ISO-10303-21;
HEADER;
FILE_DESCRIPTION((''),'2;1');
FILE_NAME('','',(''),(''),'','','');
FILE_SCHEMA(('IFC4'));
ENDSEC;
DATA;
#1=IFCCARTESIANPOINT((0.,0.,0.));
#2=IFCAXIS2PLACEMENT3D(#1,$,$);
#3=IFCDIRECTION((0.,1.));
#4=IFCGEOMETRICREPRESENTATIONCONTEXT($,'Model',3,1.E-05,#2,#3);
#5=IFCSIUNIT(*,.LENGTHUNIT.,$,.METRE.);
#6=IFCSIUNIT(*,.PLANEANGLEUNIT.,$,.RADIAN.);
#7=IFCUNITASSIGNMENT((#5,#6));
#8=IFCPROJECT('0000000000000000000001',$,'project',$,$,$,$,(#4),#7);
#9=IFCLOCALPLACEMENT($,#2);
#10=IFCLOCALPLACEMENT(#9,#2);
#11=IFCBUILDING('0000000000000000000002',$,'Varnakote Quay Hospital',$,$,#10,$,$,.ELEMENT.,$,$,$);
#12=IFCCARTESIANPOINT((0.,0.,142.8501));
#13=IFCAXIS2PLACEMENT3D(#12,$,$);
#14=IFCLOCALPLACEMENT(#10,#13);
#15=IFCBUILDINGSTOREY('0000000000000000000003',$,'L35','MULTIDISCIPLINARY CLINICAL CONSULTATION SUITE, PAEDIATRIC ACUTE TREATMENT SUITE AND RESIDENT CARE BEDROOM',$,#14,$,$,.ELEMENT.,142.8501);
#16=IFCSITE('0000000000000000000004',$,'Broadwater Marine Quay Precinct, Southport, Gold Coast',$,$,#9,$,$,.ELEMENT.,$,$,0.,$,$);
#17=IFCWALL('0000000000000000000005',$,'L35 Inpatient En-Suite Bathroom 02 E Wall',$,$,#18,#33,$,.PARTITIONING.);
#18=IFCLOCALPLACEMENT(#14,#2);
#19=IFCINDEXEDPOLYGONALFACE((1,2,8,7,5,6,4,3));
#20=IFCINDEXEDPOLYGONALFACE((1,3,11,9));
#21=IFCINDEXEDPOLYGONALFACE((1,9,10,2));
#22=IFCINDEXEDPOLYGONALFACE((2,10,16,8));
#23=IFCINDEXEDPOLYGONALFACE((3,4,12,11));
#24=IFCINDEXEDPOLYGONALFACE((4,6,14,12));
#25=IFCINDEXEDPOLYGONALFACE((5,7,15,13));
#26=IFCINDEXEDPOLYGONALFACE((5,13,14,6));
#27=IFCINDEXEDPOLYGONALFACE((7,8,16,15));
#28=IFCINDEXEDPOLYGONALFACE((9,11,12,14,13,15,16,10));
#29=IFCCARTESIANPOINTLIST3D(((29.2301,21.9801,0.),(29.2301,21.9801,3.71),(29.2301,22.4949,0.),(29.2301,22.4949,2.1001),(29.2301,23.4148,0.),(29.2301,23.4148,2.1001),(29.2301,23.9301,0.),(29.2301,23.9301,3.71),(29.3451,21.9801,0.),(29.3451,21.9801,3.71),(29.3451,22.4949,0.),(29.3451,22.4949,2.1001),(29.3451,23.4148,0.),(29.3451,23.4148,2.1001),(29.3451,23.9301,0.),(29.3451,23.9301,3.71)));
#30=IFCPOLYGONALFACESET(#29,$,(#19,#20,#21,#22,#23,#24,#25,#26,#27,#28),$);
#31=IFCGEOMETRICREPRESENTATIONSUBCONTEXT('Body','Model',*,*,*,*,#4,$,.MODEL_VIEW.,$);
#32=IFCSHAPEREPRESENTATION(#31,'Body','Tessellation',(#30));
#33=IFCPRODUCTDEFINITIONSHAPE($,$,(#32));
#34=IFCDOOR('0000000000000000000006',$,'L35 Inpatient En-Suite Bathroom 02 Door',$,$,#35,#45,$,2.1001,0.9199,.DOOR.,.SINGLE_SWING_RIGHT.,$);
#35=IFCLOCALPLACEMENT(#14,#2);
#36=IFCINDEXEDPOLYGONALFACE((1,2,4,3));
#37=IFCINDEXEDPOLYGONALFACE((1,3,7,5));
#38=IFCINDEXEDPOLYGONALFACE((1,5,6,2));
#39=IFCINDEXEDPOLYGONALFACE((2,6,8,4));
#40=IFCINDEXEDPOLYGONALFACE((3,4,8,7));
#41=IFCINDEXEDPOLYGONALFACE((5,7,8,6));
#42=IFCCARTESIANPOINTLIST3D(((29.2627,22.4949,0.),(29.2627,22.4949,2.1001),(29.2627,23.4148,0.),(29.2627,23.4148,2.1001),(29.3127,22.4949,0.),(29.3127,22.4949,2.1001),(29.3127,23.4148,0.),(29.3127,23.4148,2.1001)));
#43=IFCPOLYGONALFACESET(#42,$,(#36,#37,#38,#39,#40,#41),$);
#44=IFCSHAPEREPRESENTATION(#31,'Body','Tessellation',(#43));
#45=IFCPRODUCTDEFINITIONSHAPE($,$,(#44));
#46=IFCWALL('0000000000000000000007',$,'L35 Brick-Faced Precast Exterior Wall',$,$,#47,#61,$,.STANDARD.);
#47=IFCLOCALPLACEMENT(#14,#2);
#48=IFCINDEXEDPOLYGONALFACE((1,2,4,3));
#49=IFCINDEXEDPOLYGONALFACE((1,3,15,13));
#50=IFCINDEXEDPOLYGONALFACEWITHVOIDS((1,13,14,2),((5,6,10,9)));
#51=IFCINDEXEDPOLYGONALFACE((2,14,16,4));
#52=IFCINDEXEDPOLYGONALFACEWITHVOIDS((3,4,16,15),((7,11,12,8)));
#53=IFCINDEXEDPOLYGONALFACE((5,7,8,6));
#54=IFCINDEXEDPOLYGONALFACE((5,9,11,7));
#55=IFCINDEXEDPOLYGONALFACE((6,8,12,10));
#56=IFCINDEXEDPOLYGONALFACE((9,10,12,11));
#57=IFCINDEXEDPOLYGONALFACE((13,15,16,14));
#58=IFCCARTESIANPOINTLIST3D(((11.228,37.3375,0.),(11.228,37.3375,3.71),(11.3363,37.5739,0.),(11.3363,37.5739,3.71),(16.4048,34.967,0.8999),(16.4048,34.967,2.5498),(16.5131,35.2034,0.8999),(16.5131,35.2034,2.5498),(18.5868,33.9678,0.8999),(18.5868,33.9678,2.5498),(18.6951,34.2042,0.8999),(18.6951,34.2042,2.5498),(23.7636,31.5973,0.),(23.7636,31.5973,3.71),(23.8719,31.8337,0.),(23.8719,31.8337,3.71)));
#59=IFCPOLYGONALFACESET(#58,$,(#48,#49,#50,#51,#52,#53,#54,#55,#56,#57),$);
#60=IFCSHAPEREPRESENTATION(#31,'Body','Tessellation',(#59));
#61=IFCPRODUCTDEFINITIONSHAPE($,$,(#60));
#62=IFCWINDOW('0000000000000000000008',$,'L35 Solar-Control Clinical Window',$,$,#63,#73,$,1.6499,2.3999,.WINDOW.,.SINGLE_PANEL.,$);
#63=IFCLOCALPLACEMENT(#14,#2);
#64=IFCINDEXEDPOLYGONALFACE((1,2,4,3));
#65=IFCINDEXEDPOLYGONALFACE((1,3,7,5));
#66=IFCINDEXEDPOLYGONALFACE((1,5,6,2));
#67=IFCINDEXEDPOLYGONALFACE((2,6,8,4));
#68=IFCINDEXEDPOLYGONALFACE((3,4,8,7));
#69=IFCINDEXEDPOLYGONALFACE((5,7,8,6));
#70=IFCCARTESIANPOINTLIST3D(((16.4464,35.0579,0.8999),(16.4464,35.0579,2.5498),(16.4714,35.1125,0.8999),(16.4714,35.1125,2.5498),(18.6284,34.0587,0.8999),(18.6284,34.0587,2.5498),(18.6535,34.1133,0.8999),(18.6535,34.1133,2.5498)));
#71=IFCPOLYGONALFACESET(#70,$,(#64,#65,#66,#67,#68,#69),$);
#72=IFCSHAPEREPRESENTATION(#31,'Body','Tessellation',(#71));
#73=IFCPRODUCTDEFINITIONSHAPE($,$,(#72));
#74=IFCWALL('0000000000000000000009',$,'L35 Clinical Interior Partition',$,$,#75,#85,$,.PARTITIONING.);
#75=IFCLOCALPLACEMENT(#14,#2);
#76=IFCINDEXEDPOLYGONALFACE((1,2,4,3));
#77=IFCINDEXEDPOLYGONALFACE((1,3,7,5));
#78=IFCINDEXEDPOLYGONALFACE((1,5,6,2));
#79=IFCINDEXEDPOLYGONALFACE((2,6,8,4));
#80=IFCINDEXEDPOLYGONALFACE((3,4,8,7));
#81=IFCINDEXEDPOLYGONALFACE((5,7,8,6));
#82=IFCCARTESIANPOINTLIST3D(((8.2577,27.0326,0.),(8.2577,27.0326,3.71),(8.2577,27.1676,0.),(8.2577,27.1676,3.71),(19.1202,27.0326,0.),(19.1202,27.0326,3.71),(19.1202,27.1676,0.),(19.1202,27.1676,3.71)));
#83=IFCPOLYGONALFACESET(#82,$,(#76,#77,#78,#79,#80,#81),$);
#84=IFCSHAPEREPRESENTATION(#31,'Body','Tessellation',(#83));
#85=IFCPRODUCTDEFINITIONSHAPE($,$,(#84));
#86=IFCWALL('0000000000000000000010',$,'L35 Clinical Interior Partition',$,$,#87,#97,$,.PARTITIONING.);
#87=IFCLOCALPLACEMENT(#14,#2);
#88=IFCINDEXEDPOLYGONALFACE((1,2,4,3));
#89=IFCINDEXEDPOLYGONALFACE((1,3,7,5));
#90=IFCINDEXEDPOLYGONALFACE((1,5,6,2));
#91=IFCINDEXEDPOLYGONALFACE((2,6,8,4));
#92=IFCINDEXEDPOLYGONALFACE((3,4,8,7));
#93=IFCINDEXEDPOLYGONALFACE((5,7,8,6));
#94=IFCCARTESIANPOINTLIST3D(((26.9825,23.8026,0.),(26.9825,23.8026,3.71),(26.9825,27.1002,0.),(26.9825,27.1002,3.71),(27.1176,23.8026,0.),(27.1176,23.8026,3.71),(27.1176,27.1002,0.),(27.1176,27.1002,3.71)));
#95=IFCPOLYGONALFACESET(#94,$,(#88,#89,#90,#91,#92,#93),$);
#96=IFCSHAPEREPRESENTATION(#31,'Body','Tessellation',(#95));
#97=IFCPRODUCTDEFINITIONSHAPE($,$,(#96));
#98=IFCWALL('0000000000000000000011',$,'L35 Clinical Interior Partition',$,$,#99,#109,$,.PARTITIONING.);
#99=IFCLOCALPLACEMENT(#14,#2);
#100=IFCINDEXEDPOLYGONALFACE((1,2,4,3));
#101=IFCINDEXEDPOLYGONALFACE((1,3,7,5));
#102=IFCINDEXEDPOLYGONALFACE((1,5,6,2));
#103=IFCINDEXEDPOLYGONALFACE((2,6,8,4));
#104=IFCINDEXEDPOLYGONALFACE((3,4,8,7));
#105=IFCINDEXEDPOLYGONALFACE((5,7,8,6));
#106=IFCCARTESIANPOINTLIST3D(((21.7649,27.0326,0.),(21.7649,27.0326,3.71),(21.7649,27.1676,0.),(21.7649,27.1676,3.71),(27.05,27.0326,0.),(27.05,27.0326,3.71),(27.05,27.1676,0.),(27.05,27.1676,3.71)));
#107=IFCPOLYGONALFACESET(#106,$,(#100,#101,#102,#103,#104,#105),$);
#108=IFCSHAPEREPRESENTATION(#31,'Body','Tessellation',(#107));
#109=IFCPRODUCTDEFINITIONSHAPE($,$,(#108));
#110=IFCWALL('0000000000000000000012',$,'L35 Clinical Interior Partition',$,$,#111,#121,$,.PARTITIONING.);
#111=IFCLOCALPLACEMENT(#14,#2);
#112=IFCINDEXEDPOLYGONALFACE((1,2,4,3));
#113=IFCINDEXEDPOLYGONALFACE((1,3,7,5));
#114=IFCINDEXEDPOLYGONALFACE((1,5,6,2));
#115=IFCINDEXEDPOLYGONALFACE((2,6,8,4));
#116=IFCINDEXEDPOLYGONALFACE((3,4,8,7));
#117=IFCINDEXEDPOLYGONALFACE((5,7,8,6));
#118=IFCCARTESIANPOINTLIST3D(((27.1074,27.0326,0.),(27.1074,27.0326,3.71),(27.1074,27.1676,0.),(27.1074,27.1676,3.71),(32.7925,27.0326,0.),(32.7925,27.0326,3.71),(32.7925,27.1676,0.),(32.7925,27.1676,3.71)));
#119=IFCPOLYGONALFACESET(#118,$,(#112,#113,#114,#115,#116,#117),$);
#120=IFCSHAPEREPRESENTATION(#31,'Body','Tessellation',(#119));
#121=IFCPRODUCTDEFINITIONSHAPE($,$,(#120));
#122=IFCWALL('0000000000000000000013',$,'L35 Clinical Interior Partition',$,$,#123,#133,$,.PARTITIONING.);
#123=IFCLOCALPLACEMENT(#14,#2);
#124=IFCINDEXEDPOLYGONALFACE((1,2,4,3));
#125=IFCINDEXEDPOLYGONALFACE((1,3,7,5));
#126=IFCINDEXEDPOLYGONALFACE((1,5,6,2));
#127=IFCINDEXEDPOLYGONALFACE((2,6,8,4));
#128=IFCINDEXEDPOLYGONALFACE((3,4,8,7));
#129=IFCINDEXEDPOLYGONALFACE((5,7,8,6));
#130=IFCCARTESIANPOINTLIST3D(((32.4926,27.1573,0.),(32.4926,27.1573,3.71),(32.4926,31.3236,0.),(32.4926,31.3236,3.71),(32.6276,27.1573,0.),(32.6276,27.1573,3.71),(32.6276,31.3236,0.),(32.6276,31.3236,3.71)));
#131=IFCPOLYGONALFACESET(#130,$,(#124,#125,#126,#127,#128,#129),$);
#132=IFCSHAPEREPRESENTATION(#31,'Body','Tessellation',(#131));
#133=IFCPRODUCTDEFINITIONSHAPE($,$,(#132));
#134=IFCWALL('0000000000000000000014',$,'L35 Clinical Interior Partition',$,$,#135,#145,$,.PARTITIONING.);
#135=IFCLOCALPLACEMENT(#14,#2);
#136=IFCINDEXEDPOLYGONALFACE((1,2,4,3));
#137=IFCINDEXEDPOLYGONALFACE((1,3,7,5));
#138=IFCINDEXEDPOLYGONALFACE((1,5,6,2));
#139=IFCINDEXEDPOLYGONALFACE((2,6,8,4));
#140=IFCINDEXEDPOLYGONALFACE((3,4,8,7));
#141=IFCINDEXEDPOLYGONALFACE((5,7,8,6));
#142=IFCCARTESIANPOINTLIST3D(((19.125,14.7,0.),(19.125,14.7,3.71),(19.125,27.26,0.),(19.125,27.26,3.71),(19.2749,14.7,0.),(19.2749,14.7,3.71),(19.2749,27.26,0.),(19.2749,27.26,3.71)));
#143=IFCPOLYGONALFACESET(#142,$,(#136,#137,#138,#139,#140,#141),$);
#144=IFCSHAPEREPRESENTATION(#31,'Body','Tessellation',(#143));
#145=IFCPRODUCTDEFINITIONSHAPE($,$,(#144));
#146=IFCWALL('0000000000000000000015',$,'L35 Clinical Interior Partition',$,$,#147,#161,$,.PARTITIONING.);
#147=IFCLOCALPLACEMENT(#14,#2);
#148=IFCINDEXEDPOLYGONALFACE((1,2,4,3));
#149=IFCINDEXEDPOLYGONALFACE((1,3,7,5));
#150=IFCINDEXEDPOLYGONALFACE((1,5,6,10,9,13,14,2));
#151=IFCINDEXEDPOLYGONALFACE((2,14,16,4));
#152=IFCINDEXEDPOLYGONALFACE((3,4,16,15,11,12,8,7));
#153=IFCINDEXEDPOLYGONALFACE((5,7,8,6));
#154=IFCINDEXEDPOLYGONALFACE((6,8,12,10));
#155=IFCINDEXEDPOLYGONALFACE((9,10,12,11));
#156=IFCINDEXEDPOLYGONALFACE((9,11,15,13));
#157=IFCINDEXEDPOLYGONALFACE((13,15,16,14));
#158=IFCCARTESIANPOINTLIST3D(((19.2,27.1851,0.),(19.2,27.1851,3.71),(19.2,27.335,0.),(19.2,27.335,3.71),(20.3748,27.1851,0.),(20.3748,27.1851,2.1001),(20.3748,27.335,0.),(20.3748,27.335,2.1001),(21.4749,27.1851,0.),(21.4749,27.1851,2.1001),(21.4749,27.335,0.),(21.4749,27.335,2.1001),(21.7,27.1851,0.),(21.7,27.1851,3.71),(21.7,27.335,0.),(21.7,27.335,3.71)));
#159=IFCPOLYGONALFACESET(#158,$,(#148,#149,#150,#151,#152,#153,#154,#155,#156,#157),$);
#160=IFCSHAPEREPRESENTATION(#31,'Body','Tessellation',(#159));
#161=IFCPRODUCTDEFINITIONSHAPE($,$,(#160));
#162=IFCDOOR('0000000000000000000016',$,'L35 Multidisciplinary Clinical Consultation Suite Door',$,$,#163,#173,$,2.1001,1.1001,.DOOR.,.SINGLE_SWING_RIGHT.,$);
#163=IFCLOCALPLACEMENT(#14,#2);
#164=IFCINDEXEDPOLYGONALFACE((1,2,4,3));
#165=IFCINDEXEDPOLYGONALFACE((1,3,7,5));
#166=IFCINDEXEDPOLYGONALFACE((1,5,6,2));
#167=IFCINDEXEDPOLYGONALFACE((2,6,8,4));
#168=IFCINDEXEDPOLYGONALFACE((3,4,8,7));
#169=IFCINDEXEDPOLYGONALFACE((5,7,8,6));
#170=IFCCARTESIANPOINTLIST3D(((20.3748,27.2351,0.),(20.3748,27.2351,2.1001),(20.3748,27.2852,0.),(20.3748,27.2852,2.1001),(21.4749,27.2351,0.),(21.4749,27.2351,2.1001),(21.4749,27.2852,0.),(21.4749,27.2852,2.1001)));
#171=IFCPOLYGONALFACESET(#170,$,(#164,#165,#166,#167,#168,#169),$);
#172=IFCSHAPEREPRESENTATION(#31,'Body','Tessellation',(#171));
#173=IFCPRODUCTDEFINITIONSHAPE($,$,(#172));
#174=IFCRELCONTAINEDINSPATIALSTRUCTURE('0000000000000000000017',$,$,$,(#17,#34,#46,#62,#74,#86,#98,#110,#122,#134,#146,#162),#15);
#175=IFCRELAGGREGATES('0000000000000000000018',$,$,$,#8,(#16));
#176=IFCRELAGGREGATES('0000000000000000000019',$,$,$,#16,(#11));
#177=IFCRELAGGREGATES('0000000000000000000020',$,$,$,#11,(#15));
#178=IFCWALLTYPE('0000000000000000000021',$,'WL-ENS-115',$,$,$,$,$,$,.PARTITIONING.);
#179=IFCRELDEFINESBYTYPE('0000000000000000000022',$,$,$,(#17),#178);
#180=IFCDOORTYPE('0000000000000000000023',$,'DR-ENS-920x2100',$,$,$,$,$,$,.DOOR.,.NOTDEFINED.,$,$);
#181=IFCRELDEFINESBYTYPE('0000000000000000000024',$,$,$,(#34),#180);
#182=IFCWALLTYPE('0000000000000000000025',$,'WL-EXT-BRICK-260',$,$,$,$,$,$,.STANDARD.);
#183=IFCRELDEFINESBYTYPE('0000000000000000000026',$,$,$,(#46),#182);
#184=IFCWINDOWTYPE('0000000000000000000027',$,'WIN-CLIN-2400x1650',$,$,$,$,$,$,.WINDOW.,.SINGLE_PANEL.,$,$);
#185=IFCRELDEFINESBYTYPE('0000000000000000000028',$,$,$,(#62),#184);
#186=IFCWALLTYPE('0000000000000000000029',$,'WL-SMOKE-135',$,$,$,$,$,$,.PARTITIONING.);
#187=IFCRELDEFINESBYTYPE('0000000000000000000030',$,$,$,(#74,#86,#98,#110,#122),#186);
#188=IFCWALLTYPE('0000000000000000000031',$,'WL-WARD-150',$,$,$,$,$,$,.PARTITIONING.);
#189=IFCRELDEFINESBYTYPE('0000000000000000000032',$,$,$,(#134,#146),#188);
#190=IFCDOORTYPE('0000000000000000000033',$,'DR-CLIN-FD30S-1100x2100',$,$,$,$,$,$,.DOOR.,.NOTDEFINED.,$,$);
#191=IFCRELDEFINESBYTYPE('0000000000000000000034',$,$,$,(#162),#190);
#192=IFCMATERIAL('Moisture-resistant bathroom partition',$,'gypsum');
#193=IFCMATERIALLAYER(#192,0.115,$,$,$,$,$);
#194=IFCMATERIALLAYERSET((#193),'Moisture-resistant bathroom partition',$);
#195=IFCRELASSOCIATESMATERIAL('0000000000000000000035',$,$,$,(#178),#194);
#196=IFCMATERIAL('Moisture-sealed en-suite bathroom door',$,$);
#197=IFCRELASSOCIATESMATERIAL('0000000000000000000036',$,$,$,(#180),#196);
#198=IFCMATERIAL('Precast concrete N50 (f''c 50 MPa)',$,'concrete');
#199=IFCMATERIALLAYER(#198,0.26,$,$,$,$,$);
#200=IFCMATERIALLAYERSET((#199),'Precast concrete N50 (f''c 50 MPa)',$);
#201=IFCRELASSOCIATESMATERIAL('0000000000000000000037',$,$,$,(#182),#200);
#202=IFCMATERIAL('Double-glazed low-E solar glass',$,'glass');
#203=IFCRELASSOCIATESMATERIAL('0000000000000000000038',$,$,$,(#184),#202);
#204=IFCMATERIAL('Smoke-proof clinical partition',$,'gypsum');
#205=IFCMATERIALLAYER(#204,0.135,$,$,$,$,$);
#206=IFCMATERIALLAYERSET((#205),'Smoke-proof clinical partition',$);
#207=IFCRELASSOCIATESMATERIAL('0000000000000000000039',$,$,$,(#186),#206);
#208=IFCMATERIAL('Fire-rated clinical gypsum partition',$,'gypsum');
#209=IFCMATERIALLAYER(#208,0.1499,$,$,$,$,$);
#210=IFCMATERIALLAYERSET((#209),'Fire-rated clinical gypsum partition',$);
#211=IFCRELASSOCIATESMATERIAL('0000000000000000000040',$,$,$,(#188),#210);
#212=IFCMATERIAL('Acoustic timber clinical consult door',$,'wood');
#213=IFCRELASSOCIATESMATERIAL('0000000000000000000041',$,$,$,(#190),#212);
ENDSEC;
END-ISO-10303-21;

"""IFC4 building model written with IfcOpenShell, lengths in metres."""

from ifc_helpers import new_model, si_unit, direction, frame, frame_2d, origin, place, context, subcontext, project, spatial, rectangle, extrude, material, layer, layer_set, type_object, element, fill, save


model = new_model("IFC4")

# Units and contexts
model_context = context("Model", 3, precision=1e-05, world=origin(), true_north=direction((0.0, 1.0)))
body_context = subcontext(model_context, "Body", "Model", "MODEL_VIEW")
ifc_project = project(units=[si_unit("LENGTHUNIT", "METRE"), si_unit("PLANEANGLEUNIT", "RADIAN")], contexts=[model_context])

# Site, building, storey
site_placement = place(None, origin())
site = spatial("IfcSite", under=ifc_project, at=site_placement, Name="Broadwater Marine Quay Precinct, Southport, Gold Coast", CompositionType="ELEMENT", RefElevation=0.0)
building_placement = place(site_placement, origin())
building = spatial("IfcBuilding", under=site, at=building_placement, Name="Varnakote Quay Hospital", CompositionType="ELEMENT")
storey_placement = place(building_placement, frame((0.0, 0.0, 142.8501)))
storey = spatial("IfcBuildingStorey", under=building, at=storey_placement, Name="L35", Description="MULTIDISCIPLINARY CLINICAL CONSULTATION SUITE, PAEDIATRIC ACUTE TREATMENT SUITE AND RESIDENT CARE BEDROOM", CompositionType="ELEMENT", Elevation=142.8501)

# Shared definitions
ifc_material_1 = material(Name="Moisture-resistant bathroom partition", Category="gypsum")
ifc_layer_1 = layer(ifc_material_1, 0.115)
ifc_layer_set_1 = layer_set([ifc_layer_1], Name="Moisture-resistant bathroom partition")
wall_type_1 = type_object("IfcWallType", Name="WL-ENS-115", PredefinedType="PARTITIONING", material=ifc_layer_set_1)

# Shared definitions
ifc_material_2 = material(Name="Moisture-sealed en-suite bathroom door")
door_type_1 = type_object("IfcDoorType", Name="DR-ENS-920x2100", OperationType="NOTDEFINED", PredefinedType="DOOR", material=ifc_material_2)

# Wall, opening, door
wall_1_placement = place(storey_placement, frame((29.2876, 21.98, 0.0), z_axis=(0.0, 0.0, 1.0), x_axis=(0.0, 1.0, 0.0)))
wall_1 = element("IfcWall", 1, at=wall_1_placement, inside=storey, type_object=wall_type_1, Name="L35 Inpatient En-Suite Bathroom 02 E Wall", PredefinedType="PARTITIONING", context=body_context, shape_type="SweptSolid", body=[
    extrude(rectangle(XDim=1.95, YDim=0.115, at=frame_2d((0.9751, 0.0))), origin(), (0.0, 0.0, 1.0), 3.71),
])
opening_1_placement = place(wall_1_placement, frame((0.5149, 0.0, 0.0)))
opening_1 = element("IfcOpeningElement", 2, at=opening_1_placement, cuts=wall_1, PredefinedType="OPENING", context=body_context, shape_type="SweptSolid", body=[
    extrude(rectangle(XDim=0.9199, YDim=2.1001, at=frame_2d((0.46, 1.05))), frame((0.0, 0.0674, 0.0), z_axis=(0.0, -1.0, 0.0), x_axis=(1.0, 0.0, 0.0)), (0.0, 0.0, 1.0), 0.135),
])
door_1_placement = place(opening_1_placement, origin())
door_1 = element("IfcDoor", 3, at=door_1_placement, inside=storey, type_object=door_type_1, Name="L35 Inpatient En-Suite Bathroom 02 Door", OperationType="SINGLE_SWING_RIGHT", OverallHeight=2.1001, OverallWidth=0.9199, PredefinedType="DOOR", context=body_context, shape_type="SweptSolid", body=[
    extrude(rectangle(XDim=0.9199, YDim=2.1001, at=frame_2d((0.46, 1.05))), frame((0.0, 0.0249, 0.0), z_axis=(0.0, -1.0, 0.0), x_axis=(1.0, 0.0, 0.0)), (0.0, 0.0, 1.0), 0.05),
])
fill(opening_1, door_1)

# Wall, opening, window
ifc_material_3 = material(Name="Precast concrete N50 (f'c 50 MPa)", Category="concrete")
ifc_layer_2 = layer(ifc_material_3, 0.26)
ifc_layer_set_2 = layer_set([ifc_layer_2], Name="Precast concrete N50 (f'c 50 MPa)")
wall_type_2 = type_object("IfcWallType", Name="WL-EXT-BRICK-260", PredefinedType="STANDARD", material=ifc_layer_set_2)
wall_2_placement = place(storey_placement, frame((23.8176, 31.7156, 0.0), z_axis=(0.0, 0.0, 1.0), x_axis=(-0.90921, 0.416339, 0.0)))
wall_2 = element("IfcWall", 4, at=wall_2_placement, inside=storey, type_object=wall_type_2, Name="L35 Brick-Faced Precast Exterior Wall", PredefinedType="STANDARD", context=body_context, shape_type="SweptSolid", body=[
    extrude(rectangle(XDim=13.7874, YDim=0.26, at=frame_2d((6.8936, 0.0))), origin(), (0.0, 0.0, 1.0), 3.71),
])
opening_2_placement = place(wall_2_placement, frame((5.6936, 0.0, 0.8999)))
opening_2 = element("IfcOpeningElement", 5, at=opening_2_placement, cuts=wall_2, PredefinedType="OPENING", context=body_context, shape_type="SweptSolid", body=[
    extrude(rectangle(XDim=2.3999, YDim=1.6499, at=frame_2d((1.2, 0.825))), frame((0.0, 0.1399, 0.0), z_axis=(0.0, -1.0, 0.0), x_axis=(1.0, 0.0, 0.0)), (0.0, 0.0, 1.0), 0.28),
])
ifc_material_4 = material(Name="Double-glazed low-E solar glass", Category="glass")
window_type = type_object("IfcWindowType", Name="WIN-CLIN-2400x1650", PartitioningType="SINGLE_PANEL", PredefinedType="WINDOW", material=ifc_material_4)
window_placement = place(opening_2_placement, origin())
window = element("IfcWindow", 6, at=window_placement, inside=storey, type_object=window_type, Name="L35 Solar-Control Clinical Window", OverallHeight=1.6499, OverallWidth=2.3999, PartitioningType="SINGLE_PANEL", PredefinedType="WINDOW", context=body_context, shape_type="SweptSolid", body=[
    extrude(rectangle(XDim=2.3999, YDim=1.6499, at=frame_2d((1.2, 0.825))), frame((0.0, 0.03, 0.0), z_axis=(0.0, -1.0, 0.0), x_axis=(1.0, 0.0, 0.0)), (0.0, 0.0, 1.0), 0.0601),
])
fill(opening_2, window)

# Walls
ifc_material_5 = material(Name="Smoke-proof clinical partition", Category="gypsum")
ifc_layer_3 = layer(ifc_material_5, 0.135)
ifc_layer_set_3 = layer_set([ifc_layer_3], Name="Smoke-proof clinical partition")
wall_type_3 = type_object("IfcWallType", Name="WL-SMOKE-135", PredefinedType="PARTITIONING", material=ifc_layer_set_3)
wall_3_placement = place(storey_placement, frame((19.1201, 27.1001, 0.0), z_axis=(0.0, 0.0, 1.0), x_axis=(-1.0, 0.0, 0.0)))
element("IfcWall", 7, at=wall_3_placement, inside=storey, type_object=wall_type_3, Name="L35 Clinical Interior Partition", PredefinedType="PARTITIONING", context=body_context, shape_type="SweptSolid", body=[
    extrude(rectangle(XDim=10.8625, YDim=0.135, at=frame_2d((5.4312, 0.0))), origin(), (0.0, 0.0, 1.0), 3.71),
])
wall_4_placement = place(storey_placement, frame((27.05, 23.8025, 0.0), z_axis=(0.0, 0.0, 1.0), x_axis=(0.0, 1.0, 0.0)))
element("IfcWall", 8, at=wall_4_placement, inside=storey, type_object=wall_type_3, Name="L35 Clinical Interior Partition", PredefinedType="PARTITIONING", context=body_context, shape_type="SweptSolid", body=[
    extrude(rectangle(XDim=3.2976, YDim=0.135, at=frame_2d((1.6489, 0.0))), origin(), (0.0, 0.0, 1.0), 3.71),
])
wall_5_placement = place(storey_placement, frame((27.05, 27.1001, 0.0), z_axis=(0.0, 0.0, 1.0), x_axis=(-1.0, 0.0, 0.0)))
element("IfcWall", 9, at=wall_5_placement, inside=storey, type_object=wall_type_3, Name="L35 Clinical Interior Partition", PredefinedType="PARTITIONING", context=body_context, shape_type="SweptSolid", body=[
    extrude(rectangle(XDim=5.2852, YDim=0.135, at=frame_2d((2.6426, 0.0))), origin(), (0.0, 0.0, 1.0), 3.71),
])
wall_6_placement = place(storey_placement, frame((32.7925, 27.1001, 0.0), z_axis=(0.0, 0.0, 1.0), x_axis=(-1.0, 0.0, 0.0)))
element("IfcWall", 10, at=wall_6_placement, inside=storey, type_object=wall_type_3, Name="L35 Clinical Interior Partition", PredefinedType="PARTITIONING", context=body_context, shape_type="SweptSolid", body=[
    extrude(rectangle(XDim=5.6851, YDim=0.135, at=frame_2d((2.8425, 0.0))), origin(), (0.0, 0.0, 1.0), 3.71),
])
wall_7_placement = place(storey_placement, frame((32.5601, 27.1575, 0.0), z_axis=(0.0, 0.0, 1.0), x_axis=(0.0, 1.0, 0.0)))
element("IfcWall", 11, at=wall_7_placement, inside=storey, type_object=wall_type_3, Name="L35 Clinical Interior Partition", PredefinedType="PARTITIONING", context=body_context, shape_type="SweptSolid", body=[
    extrude(rectangle(XDim=4.1663, YDim=0.135, at=frame_2d((2.083, 0.0))), origin(), (0.0, 0.0, 1.0), 3.71),
])
ifc_material_6 = material(Name="Fire-rated clinical gypsum partition", Category="gypsum")
ifc_layer_4 = layer(ifc_material_6, 0.1499)
ifc_layer_set_4 = layer_set([ifc_layer_4], Name="Fire-rated clinical gypsum partition")
wall_type_4 = type_object("IfcWallType", Name="WL-WARD-150", PredefinedType="PARTITIONING", material=ifc_layer_set_4)
wall_8_placement = place(storey_placement, frame((19.2, 27.26, 0.0), z_axis=(0.0, 0.0, 1.0), x_axis=(0.0, -1.0, 0.0)))
element("IfcWall", 12, at=wall_8_placement, inside=storey, type_object=wall_type_4, Name="L35 Clinical Interior Partition", PredefinedType="PARTITIONING", context=body_context, shape_type="SweptSolid", body=[
    extrude(rectangle(XDim=12.5601, YDim=0.1499, at=frame_2d((6.28, 0.0))), origin(), (0.0, 0.0, 1.0), 3.71),
])

# Wall, opening, door
wall_9_placement = place(storey_placement, frame((21.7, 27.26, 0.0), z_axis=(0.0, 0.0, 1.0), x_axis=(-1.0, 0.0, 0.0)))
wall_9 = element("IfcWall", 13, at=wall_9_placement, inside=storey, type_object=wall_type_4, Name="L35 Clinical Interior Partition", PredefinedType="PARTITIONING", context=body_context, shape_type="SweptSolid", body=[
    extrude(rectangle(XDim=2.5, YDim=0.1499, at=frame_2d((1.25, 0.0))), origin(), (0.0, 0.0, 1.0), 3.71),
])
opening_3_placement = place(wall_9_placement, frame((0.2251, 0.0, 0.0)))
opening_3 = element("IfcOpeningElement", 14, at=opening_3_placement, cuts=wall_9, PredefinedType="OPENING", context=body_context, shape_type="SweptSolid", body=[
    extrude(rectangle(XDim=1.1001, YDim=2.1001, at=frame_2d((0.55, 1.05))), frame((0.0, 0.085, 0.0), z_axis=(0.0, -1.0, 0.0), x_axis=(1.0, 0.0, 0.0)), (0.0, 0.0, 1.0), 0.1699),
])
ifc_material_7 = material(Name="Acoustic timber clinical consult door", Category="wood")
door_type_2 = type_object("IfcDoorType", Name="DR-CLIN-FD30S-1100x2100", OperationType="NOTDEFINED", PredefinedType="DOOR", material=ifc_material_7)
door_2_placement = place(opening_3_placement, origin())
door_2 = element("IfcDoor", 15, at=door_2_placement, inside=storey, type_object=door_type_2, Name="L35 Multidisciplinary Clinical Consultation Suite Door", OperationType="SINGLE_SWING_RIGHT", OverallHeight=2.1001, OverallWidth=1.1001, PredefinedType="DOOR", context=body_context, shape_type="SweptSolid", body=[
    extrude(rectangle(XDim=1.1001, YDim=2.1001, at=frame_2d((0.55, 1.05))), frame((0.0, 0.0249, 0.0), z_axis=(0.0, -1.0, 0.0), x_axis=(1.0, 0.0, 0.0)), (0.0, 0.0, 1.0), 0.05),
])
fill(opening_3, door_2)

save(model, "model.ifc")
